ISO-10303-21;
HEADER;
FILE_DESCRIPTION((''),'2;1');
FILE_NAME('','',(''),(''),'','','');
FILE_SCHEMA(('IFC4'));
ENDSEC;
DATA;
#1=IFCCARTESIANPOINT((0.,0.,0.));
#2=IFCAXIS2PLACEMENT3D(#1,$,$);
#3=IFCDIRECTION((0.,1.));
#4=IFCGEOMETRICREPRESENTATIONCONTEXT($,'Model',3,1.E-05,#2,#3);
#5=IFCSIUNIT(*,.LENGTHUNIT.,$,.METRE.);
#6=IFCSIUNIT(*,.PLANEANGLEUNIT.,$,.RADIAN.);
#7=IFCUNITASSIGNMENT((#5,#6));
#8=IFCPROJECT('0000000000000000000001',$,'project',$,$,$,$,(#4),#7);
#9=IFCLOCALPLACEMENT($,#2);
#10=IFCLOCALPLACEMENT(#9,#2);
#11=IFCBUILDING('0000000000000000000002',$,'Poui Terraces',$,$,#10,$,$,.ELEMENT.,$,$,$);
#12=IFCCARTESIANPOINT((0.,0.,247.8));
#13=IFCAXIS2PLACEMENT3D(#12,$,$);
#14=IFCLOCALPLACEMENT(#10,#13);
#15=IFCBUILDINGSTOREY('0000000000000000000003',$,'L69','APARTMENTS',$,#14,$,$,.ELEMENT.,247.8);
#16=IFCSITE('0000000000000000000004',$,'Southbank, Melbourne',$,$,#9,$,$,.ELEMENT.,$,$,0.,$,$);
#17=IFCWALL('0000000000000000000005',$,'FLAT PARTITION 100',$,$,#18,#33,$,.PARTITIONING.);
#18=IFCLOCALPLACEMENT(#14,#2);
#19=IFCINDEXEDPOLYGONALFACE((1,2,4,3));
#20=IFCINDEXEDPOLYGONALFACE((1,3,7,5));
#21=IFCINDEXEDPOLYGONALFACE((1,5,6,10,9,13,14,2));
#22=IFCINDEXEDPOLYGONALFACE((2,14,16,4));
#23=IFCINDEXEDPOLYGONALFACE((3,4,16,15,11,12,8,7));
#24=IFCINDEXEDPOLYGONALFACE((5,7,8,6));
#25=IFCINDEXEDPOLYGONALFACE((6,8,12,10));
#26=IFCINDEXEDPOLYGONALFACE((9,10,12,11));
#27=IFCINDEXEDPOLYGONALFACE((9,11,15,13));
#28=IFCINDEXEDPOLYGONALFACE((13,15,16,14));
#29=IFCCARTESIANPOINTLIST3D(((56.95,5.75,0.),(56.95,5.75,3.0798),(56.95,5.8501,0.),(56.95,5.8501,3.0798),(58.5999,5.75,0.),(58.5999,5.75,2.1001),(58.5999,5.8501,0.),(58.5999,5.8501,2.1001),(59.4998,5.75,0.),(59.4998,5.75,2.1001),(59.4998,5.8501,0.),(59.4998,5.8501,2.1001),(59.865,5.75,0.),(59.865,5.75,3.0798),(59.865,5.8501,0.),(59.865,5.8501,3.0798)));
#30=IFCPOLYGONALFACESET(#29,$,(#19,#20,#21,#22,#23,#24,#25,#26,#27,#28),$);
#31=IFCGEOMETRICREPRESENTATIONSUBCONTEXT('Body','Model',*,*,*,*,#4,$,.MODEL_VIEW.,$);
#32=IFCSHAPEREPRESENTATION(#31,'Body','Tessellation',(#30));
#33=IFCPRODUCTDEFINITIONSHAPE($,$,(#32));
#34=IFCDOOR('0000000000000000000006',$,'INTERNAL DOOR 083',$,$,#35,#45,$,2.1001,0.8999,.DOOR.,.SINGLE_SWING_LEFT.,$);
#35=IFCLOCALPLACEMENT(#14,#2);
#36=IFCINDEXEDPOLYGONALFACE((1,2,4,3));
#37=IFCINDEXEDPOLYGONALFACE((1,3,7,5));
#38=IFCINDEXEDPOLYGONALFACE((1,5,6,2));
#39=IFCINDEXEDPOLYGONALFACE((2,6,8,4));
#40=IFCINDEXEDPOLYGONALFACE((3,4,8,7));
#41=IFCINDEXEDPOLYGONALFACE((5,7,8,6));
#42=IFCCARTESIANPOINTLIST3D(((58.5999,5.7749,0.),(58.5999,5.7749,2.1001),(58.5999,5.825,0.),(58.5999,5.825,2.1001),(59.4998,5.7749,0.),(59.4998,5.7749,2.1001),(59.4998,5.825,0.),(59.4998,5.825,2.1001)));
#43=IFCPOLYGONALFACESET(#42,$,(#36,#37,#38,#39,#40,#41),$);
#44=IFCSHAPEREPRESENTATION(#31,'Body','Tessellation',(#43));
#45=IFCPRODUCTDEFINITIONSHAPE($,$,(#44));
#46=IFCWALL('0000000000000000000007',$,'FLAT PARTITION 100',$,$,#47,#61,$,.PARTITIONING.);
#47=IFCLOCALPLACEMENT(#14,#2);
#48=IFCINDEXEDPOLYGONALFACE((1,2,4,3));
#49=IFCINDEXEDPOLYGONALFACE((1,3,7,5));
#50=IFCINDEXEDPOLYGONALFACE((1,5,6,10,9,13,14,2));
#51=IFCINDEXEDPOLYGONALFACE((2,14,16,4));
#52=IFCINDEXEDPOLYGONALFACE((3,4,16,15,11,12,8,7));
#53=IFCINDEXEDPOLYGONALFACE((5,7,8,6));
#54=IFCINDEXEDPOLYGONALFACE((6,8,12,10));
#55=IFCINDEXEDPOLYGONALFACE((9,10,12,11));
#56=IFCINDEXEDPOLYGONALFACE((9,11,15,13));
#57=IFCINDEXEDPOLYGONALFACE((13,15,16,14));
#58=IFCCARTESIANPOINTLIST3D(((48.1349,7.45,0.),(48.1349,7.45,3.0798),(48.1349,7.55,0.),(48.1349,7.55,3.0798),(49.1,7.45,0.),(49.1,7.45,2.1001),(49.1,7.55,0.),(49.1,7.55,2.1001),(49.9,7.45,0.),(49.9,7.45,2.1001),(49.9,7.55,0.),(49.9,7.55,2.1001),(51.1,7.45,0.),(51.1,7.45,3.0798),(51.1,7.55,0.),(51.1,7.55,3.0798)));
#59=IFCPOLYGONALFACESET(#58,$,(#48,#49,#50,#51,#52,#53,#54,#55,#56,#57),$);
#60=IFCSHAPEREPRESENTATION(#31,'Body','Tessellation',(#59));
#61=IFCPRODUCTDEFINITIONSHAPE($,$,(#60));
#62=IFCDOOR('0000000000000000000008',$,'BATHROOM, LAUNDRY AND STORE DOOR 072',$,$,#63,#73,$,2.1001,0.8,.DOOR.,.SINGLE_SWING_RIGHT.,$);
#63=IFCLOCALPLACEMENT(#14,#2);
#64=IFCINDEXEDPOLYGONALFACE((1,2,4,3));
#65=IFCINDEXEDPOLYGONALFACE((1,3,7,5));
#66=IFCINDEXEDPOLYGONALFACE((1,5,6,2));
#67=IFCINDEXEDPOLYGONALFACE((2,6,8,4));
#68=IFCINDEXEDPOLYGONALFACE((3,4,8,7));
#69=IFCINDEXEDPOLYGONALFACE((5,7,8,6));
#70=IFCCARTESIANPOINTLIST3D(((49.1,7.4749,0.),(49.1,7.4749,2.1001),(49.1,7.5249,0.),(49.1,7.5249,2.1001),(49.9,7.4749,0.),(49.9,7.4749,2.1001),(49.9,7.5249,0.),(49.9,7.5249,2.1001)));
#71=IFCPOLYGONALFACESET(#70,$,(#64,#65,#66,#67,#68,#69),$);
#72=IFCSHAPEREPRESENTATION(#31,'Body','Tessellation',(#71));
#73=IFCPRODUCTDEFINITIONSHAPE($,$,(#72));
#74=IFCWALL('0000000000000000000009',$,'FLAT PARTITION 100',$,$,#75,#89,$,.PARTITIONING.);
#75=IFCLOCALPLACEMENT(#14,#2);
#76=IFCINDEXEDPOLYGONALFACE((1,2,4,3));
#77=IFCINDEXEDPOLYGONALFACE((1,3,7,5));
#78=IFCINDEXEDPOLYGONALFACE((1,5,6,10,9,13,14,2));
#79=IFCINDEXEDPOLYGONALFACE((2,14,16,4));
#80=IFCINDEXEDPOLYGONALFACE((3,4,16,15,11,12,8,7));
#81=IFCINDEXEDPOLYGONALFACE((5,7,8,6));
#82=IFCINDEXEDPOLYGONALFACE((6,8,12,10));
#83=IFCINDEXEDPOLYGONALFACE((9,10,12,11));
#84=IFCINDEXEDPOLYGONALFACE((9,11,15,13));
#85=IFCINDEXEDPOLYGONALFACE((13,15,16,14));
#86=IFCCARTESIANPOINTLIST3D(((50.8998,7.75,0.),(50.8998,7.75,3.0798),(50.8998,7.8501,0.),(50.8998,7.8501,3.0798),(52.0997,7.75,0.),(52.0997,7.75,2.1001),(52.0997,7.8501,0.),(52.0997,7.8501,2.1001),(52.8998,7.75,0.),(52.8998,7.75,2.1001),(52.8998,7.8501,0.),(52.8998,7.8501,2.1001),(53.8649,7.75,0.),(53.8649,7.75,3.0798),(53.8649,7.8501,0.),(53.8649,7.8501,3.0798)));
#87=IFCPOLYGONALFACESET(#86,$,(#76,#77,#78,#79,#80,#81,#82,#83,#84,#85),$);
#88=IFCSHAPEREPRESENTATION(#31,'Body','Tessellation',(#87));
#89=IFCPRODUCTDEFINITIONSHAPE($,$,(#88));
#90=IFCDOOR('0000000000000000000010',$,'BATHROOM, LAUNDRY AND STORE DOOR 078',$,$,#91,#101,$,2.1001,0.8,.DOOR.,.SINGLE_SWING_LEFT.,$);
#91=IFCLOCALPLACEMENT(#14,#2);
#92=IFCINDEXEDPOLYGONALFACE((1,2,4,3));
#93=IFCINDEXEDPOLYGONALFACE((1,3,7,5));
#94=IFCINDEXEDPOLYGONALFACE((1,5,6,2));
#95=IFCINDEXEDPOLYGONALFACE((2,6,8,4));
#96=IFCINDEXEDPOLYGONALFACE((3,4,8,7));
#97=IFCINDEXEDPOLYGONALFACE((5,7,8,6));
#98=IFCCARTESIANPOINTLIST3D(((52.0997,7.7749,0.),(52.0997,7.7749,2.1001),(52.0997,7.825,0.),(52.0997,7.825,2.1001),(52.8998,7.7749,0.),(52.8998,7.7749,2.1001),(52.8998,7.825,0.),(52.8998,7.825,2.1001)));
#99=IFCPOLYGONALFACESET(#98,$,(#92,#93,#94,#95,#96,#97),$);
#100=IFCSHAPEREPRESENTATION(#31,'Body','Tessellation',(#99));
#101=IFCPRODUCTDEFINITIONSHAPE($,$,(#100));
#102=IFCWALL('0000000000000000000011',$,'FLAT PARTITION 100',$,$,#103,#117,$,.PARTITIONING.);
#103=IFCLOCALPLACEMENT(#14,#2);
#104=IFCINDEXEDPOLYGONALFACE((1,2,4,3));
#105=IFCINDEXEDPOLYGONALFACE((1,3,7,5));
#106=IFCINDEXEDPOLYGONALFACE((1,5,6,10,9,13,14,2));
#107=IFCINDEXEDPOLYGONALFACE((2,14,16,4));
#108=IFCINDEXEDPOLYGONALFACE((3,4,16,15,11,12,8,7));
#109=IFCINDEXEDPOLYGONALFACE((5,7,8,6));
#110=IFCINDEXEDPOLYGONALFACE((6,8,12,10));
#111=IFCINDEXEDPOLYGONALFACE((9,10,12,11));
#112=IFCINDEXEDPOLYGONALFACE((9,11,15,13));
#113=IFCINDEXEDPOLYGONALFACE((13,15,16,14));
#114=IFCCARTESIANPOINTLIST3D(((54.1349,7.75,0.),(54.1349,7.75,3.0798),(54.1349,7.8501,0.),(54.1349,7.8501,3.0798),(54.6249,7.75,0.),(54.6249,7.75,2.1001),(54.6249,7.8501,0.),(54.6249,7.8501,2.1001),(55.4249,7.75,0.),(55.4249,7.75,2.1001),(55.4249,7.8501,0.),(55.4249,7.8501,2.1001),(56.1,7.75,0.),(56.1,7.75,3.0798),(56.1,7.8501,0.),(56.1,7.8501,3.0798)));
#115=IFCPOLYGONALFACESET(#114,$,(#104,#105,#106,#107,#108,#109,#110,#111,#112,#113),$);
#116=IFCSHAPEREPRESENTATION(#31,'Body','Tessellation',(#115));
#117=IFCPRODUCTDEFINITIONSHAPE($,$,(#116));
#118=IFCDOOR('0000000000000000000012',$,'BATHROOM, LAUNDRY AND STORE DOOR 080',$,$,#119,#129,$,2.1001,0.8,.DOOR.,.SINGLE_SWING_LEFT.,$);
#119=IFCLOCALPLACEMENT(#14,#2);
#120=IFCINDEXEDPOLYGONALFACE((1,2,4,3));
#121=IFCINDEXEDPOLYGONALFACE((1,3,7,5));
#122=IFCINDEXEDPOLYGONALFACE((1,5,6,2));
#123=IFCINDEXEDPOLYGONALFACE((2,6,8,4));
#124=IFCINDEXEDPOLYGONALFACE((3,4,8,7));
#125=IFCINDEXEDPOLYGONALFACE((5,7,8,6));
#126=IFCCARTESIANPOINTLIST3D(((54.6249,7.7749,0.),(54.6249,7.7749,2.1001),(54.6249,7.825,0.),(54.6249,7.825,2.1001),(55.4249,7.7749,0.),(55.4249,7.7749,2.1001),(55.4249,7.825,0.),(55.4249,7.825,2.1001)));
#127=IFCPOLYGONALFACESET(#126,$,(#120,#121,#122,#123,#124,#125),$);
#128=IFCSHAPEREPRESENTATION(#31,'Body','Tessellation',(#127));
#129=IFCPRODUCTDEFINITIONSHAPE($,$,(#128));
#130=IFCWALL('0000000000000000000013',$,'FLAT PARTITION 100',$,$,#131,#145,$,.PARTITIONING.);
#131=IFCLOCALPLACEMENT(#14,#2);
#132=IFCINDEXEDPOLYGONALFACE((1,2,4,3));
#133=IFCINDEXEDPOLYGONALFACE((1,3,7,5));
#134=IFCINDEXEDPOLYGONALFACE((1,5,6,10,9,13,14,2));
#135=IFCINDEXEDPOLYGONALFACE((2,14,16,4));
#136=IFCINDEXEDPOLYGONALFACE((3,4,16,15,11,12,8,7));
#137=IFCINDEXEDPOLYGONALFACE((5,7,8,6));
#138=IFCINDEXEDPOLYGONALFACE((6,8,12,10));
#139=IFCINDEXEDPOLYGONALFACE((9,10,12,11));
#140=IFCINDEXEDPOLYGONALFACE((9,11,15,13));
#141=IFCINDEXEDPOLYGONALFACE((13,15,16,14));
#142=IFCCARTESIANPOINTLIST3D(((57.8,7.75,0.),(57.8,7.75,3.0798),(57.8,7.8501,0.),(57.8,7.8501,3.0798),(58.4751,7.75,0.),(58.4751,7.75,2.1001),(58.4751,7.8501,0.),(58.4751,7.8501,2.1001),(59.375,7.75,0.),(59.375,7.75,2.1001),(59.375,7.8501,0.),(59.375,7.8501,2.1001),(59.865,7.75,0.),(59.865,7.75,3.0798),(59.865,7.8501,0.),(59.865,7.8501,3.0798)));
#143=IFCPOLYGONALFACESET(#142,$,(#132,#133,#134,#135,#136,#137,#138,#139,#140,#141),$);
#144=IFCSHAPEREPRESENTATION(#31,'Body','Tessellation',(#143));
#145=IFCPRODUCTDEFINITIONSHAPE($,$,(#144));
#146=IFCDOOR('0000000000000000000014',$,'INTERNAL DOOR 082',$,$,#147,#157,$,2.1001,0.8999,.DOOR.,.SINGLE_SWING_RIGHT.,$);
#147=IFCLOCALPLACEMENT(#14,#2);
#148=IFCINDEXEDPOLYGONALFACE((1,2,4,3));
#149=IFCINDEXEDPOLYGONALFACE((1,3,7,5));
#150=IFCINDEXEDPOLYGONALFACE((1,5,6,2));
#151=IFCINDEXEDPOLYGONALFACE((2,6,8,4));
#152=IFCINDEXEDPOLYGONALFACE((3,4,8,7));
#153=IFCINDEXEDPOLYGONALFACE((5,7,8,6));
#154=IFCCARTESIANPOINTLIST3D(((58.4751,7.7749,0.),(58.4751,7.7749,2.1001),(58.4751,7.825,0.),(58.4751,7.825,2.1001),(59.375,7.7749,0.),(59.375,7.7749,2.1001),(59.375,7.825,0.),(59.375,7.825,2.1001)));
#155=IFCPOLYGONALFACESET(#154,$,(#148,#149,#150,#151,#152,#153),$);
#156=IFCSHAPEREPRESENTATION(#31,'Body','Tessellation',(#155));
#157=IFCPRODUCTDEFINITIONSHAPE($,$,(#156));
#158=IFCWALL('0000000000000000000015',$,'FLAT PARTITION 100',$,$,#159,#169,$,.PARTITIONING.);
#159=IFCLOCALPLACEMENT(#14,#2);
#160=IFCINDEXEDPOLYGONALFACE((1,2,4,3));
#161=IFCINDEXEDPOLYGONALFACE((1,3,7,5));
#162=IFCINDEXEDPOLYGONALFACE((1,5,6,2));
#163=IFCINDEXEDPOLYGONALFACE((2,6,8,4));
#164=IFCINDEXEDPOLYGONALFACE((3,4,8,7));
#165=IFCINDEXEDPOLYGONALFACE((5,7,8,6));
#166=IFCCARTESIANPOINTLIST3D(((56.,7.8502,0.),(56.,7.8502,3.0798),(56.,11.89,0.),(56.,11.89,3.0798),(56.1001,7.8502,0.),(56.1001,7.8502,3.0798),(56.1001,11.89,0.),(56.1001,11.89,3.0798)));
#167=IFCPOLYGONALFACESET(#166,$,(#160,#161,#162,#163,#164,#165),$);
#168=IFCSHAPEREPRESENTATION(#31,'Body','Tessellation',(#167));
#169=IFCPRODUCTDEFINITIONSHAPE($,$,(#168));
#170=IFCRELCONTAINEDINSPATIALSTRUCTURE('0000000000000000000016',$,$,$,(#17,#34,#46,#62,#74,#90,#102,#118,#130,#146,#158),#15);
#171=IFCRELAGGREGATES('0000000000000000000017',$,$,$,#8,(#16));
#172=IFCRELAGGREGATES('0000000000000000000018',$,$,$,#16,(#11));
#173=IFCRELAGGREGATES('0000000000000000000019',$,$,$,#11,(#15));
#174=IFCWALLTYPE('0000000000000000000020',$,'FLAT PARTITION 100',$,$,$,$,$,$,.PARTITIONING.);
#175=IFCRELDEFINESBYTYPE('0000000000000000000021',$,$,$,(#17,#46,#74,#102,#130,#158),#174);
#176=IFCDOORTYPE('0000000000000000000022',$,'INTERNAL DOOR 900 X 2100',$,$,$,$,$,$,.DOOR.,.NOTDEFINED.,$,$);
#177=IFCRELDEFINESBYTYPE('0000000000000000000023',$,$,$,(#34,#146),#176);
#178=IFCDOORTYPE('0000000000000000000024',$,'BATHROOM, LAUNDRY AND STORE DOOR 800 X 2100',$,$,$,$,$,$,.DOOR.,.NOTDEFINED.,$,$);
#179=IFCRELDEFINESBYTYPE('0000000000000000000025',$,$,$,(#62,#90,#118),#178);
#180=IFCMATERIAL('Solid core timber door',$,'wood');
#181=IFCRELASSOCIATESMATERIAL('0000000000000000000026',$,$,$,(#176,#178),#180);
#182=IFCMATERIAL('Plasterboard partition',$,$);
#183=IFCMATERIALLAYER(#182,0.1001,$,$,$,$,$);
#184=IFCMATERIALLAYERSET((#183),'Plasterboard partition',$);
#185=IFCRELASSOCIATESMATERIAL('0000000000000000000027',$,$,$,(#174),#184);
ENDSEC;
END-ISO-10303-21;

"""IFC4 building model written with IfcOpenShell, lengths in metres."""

from ifc_helpers import new_model, si_unit, direction, frame, frame_2d, origin, place, context, subcontext, project, spatial, rectangle, extrude, material, layer, layer_set, type_object, element, fill, save


model = new_model("IFC4")

# Units and contexts
model_context = context("Model", 3, precision=1e-05, world=origin(), true_north=direction((0.0, 1.0)))
body_context = subcontext(model_context, "Body", "Model", "MODEL_VIEW")
ifc_project = project(units=[si_unit("LENGTHUNIT", "METRE"), si_unit("PLANEANGLEUNIT", "RADIAN")], contexts=[model_context])

# Site, building, storey
site_placement = place(None, origin())
site = spatial("IfcSite", under=ifc_project, at=site_placement, Name="Southbank, Melbourne", CompositionType="ELEMENT", RefElevation=0.0)
building_placement = place(site_placement, origin())
building = spatial("IfcBuilding", under=site, at=building_placement, Name="Poui Terraces", CompositionType="ELEMENT")
storey_placement = place(building_placement, frame((0.0, 0.0, 247.8)))
storey = spatial("IfcBuildingStorey", under=building, at=storey_placement, Name="L69", Description="APARTMENTS", CompositionType="ELEMENT", Elevation=247.8)

# Walls, openings, doors
ifc_material_1 = material(Name="Solid core timber door", Category="wood")
door_type_1 = type_object("IfcDoorType", Name="INTERNAL DOOR 900 X 2100", OperationType="NOTDEFINED", PredefinedType="DOOR", material=ifc_material_1)
ifc_material_2 = material(Name="Plasterboard partition")
ifc_layer_1 = layer(ifc_material_2, 0.1001)
ifc_layer_set_1 = layer_set([ifc_layer_1], Name="Plasterboard partition")
wall_type_1 = type_object("IfcWallType", Name="FLAT PARTITION 100", PredefinedType="PARTITIONING", material=ifc_layer_set_1)
wall_1_placement = place(storey_placement, frame((56.95, 5.8, 0.0), z_axis=(0.0, 0.0, 1.0), x_axis=(1.0, 0.0, 0.0)))
wall_1 = element("IfcWall", 1, at=wall_1_placement, inside=storey, type_object=wall_type_1, Name="FLAT PARTITION 100", PredefinedType="PARTITIONING", context=body_context, shape_type="SweptSolid", body=[
    extrude(rectangle(XDim=2.915, YDim=0.1001, at=frame_2d((1.4575, 0.0))), origin(), (0.0, 0.0, 1.0), 3.0798),
])
opening_1_placement = place(wall_1_placement, frame((1.6499, 0.0, 0.0)))
opening_1 = element("IfcOpeningElement", 2, at=opening_1_placement, cuts=wall_1, PredefinedType="OPENING", context=body_context, shape_type="SweptSolid", body=[
    extrude(rectangle(XDim=0.8999, YDim=2.1001, at=frame_2d((0.45, 1.05))), frame((0.0, 0.0601, 0.0), z_axis=(0.0, -1.0, 0.0), x_axis=(1.0, 0.0, 0.0)), (0.0, 0.0, 1.0), 0.1201),
])
door_1_placement = place(opening_1_placement, origin())
door_1 = element("IfcDoor", 3, at=door_1_placement, inside=storey, type_object=door_type_1, Name="INTERNAL DOOR 083", OperationType="SINGLE_SWING_LEFT", OverallHeight=2.1001, OverallWidth=0.8999, PredefinedType="DOOR", context=body_context, shape_type="SweptSolid", body=[
    extrude(rectangle(XDim=0.8999, YDim=2.1001, at=frame_2d((0.45, 1.05))), frame((0.0, 0.0249, 0.0), z_axis=(0.0, -1.0, 0.0), x_axis=(1.0, 0.0, 0.0)), (0.0, 0.0, 1.0), 0.05),
])
fill(opening_1, door_1)
wall_2_placement = place(storey_placement, frame((48.135, 7.5, 0.0), z_axis=(0.0, 0.0, 1.0), x_axis=(1.0, 0.0, 0.0)))
wall_2 = element("IfcWall", 4, at=wall_2_placement, inside=storey, type_object=wall_type_1, Name="FLAT PARTITION 100", PredefinedType="PARTITIONING", context=body_context, shape_type="SweptSolid", body=[
    extrude(rectangle(XDim=2.9651, YDim=0.1001, at=frame_2d((1.4824, 0.0))), origin(), (0.0, 0.0, 1.0), 3.0798),
])
opening_2_placement = place(wall_2_placement, frame((0.9651, 0.0, 0.0)))
opening_2 = element("IfcOpeningElement", 5, at=opening_2_placement, cuts=wall_2, PredefinedType="OPENING", context=body_context, shape_type="SweptSolid", body=[
    extrude(rectangle(XDim=0.8, YDim=2.1001, at=frame_2d((0.3999, 1.05))), frame((0.0, 0.0601, 0.0), z_axis=(0.0, -1.0, 0.0), x_axis=(1.0, 0.0, 0.0)), (0.0, 0.0, 1.0), 0.1201),
])
door_type_2 = type_object("IfcDoorType", Name="BATHROOM, LAUNDRY AND STORE DOOR 800 X 2100", OperationType="NOTDEFINED", PredefinedType="DOOR", material=ifc_material_1)
door_2_placement = place(opening_2_placement, origin())
door_2 = element("IfcDoor", 6, at=door_2_placement, inside=storey, type_object=door_type_2, Name="BATHROOM, LAUNDRY AND STORE DOOR 072", OperationType="SINGLE_SWING_RIGHT", OverallHeight=2.1001, OverallWidth=0.8, PredefinedType="DOOR", context=body_context, shape_type="SweptSolid", body=[
    extrude(rectangle(XDim=0.8, YDim=2.1001, at=frame_2d((0.3999, 1.05))), frame((0.0, 0.0249, 0.0), z_axis=(0.0, -1.0, 0.0), x_axis=(1.0, 0.0, 0.0)), (0.0, 0.0, 1.0), 0.05),
])
fill(opening_2, door_2)
wall_3_placement = place(storey_placement, frame((50.8999, 7.8, 0.0), z_axis=(0.0, 0.0, 1.0), x_axis=(1.0, 0.0, 0.0)))
wall_3 = element("IfcWall", 7, at=wall_3_placement, inside=storey, type_object=wall_type_1, Name="FLAT PARTITION 100", PredefinedType="PARTITIONING", context=body_context, shape_type="SweptSolid", body=[
    extrude(rectangle(XDim=2.9651, YDim=0.1001, at=frame_2d((1.4824, 0.0))), origin(), (0.0, 0.0, 1.0), 3.0798),
])
opening_3_placement = place(wall_3_placement, frame((1.2, 0.0, 0.0)))
opening_3 = element("IfcOpeningElement", 8, at=opening_3_placement, cuts=wall_3, PredefinedType="OPENING", context=body_context, shape_type="SweptSolid", body=[
    extrude(rectangle(XDim=0.8, YDim=2.1001, at=frame_2d((0.3999, 1.05))), frame((0.0, 0.0601, 0.0), z_axis=(0.0, -1.0, 0.0), x_axis=(1.0, 0.0, 0.0)), (0.0, 0.0, 1.0), 0.1201),
])
door_3_placement = place(opening_3_placement, origin())
door_3 = element("IfcDoor", 9, at=door_3_placement, inside=storey, type_object=door_type_2, Name="BATHROOM, LAUNDRY AND STORE DOOR 078", OperationType="SINGLE_SWING_LEFT", OverallHeight=2.1001, OverallWidth=0.8, PredefinedType="DOOR", context=body_context, shape_type="SweptSolid", body=[
    extrude(rectangle(XDim=0.8, YDim=2.1001, at=frame_2d((0.3999, 1.05))), frame((0.0, 0.0249, 0.0), z_axis=(0.0, -1.0, 0.0), x_axis=(1.0, 0.0, 0.0)), (0.0, 0.0, 1.0), 0.05),
])
fill(opening_3, door_3)
wall_4_placement = place(storey_placement, frame((54.135, 7.8, 0.0), z_axis=(0.0, 0.0, 1.0), x_axis=(1.0, 0.0, 0.0)))
wall_4 = element("IfcWall", 10, at=wall_4_placement, inside=storey, type_object=wall_type_1, Name="FLAT PARTITION 100", PredefinedType="PARTITIONING", context=body_context, shape_type="SweptSolid", body=[
    extrude(rectangle(XDim=1.9651, YDim=0.1001, at=frame_2d((0.9824, 0.0))), origin(), (0.0, 0.0, 1.0), 3.0798),
])
opening_4_placement = place(wall_4_placement, frame((0.49, 0.0, 0.0)))
opening_4 = element("IfcOpeningElement", 11, at=opening_4_placement, cuts=wall_4, PredefinedType="OPENING", context=body_context, shape_type="SweptSolid", body=[
    extrude(rectangle(XDim=0.8, YDim=2.1001, at=frame_2d((0.3999, 1.05))), frame((0.0, 0.0601, 0.0), z_axis=(0.0, -1.0, 0.0), x_axis=(1.0, 0.0, 0.0)), (0.0, 0.0, 1.0), 0.1201),
])
door_4_placement = place(opening_4_placement, origin())
door_4 = element("IfcDoor", 12, at=door_4_placement, inside=storey, type_object=door_type_2, Name="BATHROOM, LAUNDRY AND STORE DOOR 080", OperationType="SINGLE_SWING_LEFT", OverallHeight=2.1001, OverallWidth=0.8, PredefinedType="DOOR", context=body_context, shape_type="SweptSolid", body=[
    extrude(rectangle(XDim=0.8, YDim=2.1001, at=frame_2d((0.3999, 1.05))), frame((0.0, 0.0249, 0.0), z_axis=(0.0, -1.0, 0.0), x_axis=(1.0, 0.0, 0.0)), (0.0, 0.0, 1.0), 0.05),
])
fill(opening_4, door_4)
wall_5_placement = place(storey_placement, frame((57.8, 7.8, 0.0), z_axis=(0.0, 0.0, 1.0), x_axis=(1.0, 0.0, 0.0)))
wall_5 = element("IfcWall", 13, at=wall_5_placement, inside=storey, type_object=wall_type_1, Name="FLAT PARTITION 100", PredefinedType="PARTITIONING", context=body_context, shape_type="SweptSolid", body=[
    extrude(rectangle(XDim=2.0649, YDim=0.1001, at=frame_2d((1.0325, 0.0))), origin(), (0.0, 0.0, 1.0), 3.0798),
])
opening_5_placement = place(wall_5_placement, frame((0.675, 0.0, 0.0)))
opening_5 = element("IfcOpeningElement", 14, at=opening_5_placement, cuts=wall_5, PredefinedType="OPENING", context=body_context, shape_type="SweptSolid", body=[
    extrude(rectangle(XDim=0.8999, YDim=2.1001, at=frame_2d((0.45, 1.05))), frame((0.0, 0.0601, 0.0), z_axis=(0.0, -1.0, 0.0), x_axis=(1.0, 0.0, 0.0)), (0.0, 0.0, 1.0), 0.1201),
])
door_5_placement = place(opening_5_placement, origin())
door_5 = element("IfcDoor", 15, at=door_5_placement, inside=storey, type_object=door_type_1, Name="INTERNAL DOOR 082", OperationType="SINGLE_SWING_RIGHT", OverallHeight=2.1001, OverallWidth=0.8999, PredefinedType="DOOR", context=body_context, shape_type="SweptSolid", body=[
    extrude(rectangle(XDim=0.8999, YDim=2.1001, at=frame_2d((0.45, 1.05))), frame((0.0, 0.0249, 0.0), z_axis=(0.0, -1.0, 0.0), x_axis=(1.0, 0.0, 0.0)), (0.0, 0.0, 1.0), 0.05),
])
fill(opening_5, door_5)

# Wall
wall_6_placement = place(storey_placement, frame((56.05, 7.8501, 0.0), z_axis=(0.0, 0.0, 1.0), x_axis=(0.0, 1.0, 0.0)))
element("IfcWall", 16, at=wall_6_placement, inside=storey, type_object=wall_type_1, Name="FLAT PARTITION 100", PredefinedType="PARTITIONING", context=body_context, shape_type="SweptSolid", body=[
    extrude(rectangle(XDim=4.0398, YDim=0.1001, at=frame_2d((2.02, 0.0))), origin(), (0.0, 0.0, 1.0), 3.0798),
])

save(model, "model.ifc")
